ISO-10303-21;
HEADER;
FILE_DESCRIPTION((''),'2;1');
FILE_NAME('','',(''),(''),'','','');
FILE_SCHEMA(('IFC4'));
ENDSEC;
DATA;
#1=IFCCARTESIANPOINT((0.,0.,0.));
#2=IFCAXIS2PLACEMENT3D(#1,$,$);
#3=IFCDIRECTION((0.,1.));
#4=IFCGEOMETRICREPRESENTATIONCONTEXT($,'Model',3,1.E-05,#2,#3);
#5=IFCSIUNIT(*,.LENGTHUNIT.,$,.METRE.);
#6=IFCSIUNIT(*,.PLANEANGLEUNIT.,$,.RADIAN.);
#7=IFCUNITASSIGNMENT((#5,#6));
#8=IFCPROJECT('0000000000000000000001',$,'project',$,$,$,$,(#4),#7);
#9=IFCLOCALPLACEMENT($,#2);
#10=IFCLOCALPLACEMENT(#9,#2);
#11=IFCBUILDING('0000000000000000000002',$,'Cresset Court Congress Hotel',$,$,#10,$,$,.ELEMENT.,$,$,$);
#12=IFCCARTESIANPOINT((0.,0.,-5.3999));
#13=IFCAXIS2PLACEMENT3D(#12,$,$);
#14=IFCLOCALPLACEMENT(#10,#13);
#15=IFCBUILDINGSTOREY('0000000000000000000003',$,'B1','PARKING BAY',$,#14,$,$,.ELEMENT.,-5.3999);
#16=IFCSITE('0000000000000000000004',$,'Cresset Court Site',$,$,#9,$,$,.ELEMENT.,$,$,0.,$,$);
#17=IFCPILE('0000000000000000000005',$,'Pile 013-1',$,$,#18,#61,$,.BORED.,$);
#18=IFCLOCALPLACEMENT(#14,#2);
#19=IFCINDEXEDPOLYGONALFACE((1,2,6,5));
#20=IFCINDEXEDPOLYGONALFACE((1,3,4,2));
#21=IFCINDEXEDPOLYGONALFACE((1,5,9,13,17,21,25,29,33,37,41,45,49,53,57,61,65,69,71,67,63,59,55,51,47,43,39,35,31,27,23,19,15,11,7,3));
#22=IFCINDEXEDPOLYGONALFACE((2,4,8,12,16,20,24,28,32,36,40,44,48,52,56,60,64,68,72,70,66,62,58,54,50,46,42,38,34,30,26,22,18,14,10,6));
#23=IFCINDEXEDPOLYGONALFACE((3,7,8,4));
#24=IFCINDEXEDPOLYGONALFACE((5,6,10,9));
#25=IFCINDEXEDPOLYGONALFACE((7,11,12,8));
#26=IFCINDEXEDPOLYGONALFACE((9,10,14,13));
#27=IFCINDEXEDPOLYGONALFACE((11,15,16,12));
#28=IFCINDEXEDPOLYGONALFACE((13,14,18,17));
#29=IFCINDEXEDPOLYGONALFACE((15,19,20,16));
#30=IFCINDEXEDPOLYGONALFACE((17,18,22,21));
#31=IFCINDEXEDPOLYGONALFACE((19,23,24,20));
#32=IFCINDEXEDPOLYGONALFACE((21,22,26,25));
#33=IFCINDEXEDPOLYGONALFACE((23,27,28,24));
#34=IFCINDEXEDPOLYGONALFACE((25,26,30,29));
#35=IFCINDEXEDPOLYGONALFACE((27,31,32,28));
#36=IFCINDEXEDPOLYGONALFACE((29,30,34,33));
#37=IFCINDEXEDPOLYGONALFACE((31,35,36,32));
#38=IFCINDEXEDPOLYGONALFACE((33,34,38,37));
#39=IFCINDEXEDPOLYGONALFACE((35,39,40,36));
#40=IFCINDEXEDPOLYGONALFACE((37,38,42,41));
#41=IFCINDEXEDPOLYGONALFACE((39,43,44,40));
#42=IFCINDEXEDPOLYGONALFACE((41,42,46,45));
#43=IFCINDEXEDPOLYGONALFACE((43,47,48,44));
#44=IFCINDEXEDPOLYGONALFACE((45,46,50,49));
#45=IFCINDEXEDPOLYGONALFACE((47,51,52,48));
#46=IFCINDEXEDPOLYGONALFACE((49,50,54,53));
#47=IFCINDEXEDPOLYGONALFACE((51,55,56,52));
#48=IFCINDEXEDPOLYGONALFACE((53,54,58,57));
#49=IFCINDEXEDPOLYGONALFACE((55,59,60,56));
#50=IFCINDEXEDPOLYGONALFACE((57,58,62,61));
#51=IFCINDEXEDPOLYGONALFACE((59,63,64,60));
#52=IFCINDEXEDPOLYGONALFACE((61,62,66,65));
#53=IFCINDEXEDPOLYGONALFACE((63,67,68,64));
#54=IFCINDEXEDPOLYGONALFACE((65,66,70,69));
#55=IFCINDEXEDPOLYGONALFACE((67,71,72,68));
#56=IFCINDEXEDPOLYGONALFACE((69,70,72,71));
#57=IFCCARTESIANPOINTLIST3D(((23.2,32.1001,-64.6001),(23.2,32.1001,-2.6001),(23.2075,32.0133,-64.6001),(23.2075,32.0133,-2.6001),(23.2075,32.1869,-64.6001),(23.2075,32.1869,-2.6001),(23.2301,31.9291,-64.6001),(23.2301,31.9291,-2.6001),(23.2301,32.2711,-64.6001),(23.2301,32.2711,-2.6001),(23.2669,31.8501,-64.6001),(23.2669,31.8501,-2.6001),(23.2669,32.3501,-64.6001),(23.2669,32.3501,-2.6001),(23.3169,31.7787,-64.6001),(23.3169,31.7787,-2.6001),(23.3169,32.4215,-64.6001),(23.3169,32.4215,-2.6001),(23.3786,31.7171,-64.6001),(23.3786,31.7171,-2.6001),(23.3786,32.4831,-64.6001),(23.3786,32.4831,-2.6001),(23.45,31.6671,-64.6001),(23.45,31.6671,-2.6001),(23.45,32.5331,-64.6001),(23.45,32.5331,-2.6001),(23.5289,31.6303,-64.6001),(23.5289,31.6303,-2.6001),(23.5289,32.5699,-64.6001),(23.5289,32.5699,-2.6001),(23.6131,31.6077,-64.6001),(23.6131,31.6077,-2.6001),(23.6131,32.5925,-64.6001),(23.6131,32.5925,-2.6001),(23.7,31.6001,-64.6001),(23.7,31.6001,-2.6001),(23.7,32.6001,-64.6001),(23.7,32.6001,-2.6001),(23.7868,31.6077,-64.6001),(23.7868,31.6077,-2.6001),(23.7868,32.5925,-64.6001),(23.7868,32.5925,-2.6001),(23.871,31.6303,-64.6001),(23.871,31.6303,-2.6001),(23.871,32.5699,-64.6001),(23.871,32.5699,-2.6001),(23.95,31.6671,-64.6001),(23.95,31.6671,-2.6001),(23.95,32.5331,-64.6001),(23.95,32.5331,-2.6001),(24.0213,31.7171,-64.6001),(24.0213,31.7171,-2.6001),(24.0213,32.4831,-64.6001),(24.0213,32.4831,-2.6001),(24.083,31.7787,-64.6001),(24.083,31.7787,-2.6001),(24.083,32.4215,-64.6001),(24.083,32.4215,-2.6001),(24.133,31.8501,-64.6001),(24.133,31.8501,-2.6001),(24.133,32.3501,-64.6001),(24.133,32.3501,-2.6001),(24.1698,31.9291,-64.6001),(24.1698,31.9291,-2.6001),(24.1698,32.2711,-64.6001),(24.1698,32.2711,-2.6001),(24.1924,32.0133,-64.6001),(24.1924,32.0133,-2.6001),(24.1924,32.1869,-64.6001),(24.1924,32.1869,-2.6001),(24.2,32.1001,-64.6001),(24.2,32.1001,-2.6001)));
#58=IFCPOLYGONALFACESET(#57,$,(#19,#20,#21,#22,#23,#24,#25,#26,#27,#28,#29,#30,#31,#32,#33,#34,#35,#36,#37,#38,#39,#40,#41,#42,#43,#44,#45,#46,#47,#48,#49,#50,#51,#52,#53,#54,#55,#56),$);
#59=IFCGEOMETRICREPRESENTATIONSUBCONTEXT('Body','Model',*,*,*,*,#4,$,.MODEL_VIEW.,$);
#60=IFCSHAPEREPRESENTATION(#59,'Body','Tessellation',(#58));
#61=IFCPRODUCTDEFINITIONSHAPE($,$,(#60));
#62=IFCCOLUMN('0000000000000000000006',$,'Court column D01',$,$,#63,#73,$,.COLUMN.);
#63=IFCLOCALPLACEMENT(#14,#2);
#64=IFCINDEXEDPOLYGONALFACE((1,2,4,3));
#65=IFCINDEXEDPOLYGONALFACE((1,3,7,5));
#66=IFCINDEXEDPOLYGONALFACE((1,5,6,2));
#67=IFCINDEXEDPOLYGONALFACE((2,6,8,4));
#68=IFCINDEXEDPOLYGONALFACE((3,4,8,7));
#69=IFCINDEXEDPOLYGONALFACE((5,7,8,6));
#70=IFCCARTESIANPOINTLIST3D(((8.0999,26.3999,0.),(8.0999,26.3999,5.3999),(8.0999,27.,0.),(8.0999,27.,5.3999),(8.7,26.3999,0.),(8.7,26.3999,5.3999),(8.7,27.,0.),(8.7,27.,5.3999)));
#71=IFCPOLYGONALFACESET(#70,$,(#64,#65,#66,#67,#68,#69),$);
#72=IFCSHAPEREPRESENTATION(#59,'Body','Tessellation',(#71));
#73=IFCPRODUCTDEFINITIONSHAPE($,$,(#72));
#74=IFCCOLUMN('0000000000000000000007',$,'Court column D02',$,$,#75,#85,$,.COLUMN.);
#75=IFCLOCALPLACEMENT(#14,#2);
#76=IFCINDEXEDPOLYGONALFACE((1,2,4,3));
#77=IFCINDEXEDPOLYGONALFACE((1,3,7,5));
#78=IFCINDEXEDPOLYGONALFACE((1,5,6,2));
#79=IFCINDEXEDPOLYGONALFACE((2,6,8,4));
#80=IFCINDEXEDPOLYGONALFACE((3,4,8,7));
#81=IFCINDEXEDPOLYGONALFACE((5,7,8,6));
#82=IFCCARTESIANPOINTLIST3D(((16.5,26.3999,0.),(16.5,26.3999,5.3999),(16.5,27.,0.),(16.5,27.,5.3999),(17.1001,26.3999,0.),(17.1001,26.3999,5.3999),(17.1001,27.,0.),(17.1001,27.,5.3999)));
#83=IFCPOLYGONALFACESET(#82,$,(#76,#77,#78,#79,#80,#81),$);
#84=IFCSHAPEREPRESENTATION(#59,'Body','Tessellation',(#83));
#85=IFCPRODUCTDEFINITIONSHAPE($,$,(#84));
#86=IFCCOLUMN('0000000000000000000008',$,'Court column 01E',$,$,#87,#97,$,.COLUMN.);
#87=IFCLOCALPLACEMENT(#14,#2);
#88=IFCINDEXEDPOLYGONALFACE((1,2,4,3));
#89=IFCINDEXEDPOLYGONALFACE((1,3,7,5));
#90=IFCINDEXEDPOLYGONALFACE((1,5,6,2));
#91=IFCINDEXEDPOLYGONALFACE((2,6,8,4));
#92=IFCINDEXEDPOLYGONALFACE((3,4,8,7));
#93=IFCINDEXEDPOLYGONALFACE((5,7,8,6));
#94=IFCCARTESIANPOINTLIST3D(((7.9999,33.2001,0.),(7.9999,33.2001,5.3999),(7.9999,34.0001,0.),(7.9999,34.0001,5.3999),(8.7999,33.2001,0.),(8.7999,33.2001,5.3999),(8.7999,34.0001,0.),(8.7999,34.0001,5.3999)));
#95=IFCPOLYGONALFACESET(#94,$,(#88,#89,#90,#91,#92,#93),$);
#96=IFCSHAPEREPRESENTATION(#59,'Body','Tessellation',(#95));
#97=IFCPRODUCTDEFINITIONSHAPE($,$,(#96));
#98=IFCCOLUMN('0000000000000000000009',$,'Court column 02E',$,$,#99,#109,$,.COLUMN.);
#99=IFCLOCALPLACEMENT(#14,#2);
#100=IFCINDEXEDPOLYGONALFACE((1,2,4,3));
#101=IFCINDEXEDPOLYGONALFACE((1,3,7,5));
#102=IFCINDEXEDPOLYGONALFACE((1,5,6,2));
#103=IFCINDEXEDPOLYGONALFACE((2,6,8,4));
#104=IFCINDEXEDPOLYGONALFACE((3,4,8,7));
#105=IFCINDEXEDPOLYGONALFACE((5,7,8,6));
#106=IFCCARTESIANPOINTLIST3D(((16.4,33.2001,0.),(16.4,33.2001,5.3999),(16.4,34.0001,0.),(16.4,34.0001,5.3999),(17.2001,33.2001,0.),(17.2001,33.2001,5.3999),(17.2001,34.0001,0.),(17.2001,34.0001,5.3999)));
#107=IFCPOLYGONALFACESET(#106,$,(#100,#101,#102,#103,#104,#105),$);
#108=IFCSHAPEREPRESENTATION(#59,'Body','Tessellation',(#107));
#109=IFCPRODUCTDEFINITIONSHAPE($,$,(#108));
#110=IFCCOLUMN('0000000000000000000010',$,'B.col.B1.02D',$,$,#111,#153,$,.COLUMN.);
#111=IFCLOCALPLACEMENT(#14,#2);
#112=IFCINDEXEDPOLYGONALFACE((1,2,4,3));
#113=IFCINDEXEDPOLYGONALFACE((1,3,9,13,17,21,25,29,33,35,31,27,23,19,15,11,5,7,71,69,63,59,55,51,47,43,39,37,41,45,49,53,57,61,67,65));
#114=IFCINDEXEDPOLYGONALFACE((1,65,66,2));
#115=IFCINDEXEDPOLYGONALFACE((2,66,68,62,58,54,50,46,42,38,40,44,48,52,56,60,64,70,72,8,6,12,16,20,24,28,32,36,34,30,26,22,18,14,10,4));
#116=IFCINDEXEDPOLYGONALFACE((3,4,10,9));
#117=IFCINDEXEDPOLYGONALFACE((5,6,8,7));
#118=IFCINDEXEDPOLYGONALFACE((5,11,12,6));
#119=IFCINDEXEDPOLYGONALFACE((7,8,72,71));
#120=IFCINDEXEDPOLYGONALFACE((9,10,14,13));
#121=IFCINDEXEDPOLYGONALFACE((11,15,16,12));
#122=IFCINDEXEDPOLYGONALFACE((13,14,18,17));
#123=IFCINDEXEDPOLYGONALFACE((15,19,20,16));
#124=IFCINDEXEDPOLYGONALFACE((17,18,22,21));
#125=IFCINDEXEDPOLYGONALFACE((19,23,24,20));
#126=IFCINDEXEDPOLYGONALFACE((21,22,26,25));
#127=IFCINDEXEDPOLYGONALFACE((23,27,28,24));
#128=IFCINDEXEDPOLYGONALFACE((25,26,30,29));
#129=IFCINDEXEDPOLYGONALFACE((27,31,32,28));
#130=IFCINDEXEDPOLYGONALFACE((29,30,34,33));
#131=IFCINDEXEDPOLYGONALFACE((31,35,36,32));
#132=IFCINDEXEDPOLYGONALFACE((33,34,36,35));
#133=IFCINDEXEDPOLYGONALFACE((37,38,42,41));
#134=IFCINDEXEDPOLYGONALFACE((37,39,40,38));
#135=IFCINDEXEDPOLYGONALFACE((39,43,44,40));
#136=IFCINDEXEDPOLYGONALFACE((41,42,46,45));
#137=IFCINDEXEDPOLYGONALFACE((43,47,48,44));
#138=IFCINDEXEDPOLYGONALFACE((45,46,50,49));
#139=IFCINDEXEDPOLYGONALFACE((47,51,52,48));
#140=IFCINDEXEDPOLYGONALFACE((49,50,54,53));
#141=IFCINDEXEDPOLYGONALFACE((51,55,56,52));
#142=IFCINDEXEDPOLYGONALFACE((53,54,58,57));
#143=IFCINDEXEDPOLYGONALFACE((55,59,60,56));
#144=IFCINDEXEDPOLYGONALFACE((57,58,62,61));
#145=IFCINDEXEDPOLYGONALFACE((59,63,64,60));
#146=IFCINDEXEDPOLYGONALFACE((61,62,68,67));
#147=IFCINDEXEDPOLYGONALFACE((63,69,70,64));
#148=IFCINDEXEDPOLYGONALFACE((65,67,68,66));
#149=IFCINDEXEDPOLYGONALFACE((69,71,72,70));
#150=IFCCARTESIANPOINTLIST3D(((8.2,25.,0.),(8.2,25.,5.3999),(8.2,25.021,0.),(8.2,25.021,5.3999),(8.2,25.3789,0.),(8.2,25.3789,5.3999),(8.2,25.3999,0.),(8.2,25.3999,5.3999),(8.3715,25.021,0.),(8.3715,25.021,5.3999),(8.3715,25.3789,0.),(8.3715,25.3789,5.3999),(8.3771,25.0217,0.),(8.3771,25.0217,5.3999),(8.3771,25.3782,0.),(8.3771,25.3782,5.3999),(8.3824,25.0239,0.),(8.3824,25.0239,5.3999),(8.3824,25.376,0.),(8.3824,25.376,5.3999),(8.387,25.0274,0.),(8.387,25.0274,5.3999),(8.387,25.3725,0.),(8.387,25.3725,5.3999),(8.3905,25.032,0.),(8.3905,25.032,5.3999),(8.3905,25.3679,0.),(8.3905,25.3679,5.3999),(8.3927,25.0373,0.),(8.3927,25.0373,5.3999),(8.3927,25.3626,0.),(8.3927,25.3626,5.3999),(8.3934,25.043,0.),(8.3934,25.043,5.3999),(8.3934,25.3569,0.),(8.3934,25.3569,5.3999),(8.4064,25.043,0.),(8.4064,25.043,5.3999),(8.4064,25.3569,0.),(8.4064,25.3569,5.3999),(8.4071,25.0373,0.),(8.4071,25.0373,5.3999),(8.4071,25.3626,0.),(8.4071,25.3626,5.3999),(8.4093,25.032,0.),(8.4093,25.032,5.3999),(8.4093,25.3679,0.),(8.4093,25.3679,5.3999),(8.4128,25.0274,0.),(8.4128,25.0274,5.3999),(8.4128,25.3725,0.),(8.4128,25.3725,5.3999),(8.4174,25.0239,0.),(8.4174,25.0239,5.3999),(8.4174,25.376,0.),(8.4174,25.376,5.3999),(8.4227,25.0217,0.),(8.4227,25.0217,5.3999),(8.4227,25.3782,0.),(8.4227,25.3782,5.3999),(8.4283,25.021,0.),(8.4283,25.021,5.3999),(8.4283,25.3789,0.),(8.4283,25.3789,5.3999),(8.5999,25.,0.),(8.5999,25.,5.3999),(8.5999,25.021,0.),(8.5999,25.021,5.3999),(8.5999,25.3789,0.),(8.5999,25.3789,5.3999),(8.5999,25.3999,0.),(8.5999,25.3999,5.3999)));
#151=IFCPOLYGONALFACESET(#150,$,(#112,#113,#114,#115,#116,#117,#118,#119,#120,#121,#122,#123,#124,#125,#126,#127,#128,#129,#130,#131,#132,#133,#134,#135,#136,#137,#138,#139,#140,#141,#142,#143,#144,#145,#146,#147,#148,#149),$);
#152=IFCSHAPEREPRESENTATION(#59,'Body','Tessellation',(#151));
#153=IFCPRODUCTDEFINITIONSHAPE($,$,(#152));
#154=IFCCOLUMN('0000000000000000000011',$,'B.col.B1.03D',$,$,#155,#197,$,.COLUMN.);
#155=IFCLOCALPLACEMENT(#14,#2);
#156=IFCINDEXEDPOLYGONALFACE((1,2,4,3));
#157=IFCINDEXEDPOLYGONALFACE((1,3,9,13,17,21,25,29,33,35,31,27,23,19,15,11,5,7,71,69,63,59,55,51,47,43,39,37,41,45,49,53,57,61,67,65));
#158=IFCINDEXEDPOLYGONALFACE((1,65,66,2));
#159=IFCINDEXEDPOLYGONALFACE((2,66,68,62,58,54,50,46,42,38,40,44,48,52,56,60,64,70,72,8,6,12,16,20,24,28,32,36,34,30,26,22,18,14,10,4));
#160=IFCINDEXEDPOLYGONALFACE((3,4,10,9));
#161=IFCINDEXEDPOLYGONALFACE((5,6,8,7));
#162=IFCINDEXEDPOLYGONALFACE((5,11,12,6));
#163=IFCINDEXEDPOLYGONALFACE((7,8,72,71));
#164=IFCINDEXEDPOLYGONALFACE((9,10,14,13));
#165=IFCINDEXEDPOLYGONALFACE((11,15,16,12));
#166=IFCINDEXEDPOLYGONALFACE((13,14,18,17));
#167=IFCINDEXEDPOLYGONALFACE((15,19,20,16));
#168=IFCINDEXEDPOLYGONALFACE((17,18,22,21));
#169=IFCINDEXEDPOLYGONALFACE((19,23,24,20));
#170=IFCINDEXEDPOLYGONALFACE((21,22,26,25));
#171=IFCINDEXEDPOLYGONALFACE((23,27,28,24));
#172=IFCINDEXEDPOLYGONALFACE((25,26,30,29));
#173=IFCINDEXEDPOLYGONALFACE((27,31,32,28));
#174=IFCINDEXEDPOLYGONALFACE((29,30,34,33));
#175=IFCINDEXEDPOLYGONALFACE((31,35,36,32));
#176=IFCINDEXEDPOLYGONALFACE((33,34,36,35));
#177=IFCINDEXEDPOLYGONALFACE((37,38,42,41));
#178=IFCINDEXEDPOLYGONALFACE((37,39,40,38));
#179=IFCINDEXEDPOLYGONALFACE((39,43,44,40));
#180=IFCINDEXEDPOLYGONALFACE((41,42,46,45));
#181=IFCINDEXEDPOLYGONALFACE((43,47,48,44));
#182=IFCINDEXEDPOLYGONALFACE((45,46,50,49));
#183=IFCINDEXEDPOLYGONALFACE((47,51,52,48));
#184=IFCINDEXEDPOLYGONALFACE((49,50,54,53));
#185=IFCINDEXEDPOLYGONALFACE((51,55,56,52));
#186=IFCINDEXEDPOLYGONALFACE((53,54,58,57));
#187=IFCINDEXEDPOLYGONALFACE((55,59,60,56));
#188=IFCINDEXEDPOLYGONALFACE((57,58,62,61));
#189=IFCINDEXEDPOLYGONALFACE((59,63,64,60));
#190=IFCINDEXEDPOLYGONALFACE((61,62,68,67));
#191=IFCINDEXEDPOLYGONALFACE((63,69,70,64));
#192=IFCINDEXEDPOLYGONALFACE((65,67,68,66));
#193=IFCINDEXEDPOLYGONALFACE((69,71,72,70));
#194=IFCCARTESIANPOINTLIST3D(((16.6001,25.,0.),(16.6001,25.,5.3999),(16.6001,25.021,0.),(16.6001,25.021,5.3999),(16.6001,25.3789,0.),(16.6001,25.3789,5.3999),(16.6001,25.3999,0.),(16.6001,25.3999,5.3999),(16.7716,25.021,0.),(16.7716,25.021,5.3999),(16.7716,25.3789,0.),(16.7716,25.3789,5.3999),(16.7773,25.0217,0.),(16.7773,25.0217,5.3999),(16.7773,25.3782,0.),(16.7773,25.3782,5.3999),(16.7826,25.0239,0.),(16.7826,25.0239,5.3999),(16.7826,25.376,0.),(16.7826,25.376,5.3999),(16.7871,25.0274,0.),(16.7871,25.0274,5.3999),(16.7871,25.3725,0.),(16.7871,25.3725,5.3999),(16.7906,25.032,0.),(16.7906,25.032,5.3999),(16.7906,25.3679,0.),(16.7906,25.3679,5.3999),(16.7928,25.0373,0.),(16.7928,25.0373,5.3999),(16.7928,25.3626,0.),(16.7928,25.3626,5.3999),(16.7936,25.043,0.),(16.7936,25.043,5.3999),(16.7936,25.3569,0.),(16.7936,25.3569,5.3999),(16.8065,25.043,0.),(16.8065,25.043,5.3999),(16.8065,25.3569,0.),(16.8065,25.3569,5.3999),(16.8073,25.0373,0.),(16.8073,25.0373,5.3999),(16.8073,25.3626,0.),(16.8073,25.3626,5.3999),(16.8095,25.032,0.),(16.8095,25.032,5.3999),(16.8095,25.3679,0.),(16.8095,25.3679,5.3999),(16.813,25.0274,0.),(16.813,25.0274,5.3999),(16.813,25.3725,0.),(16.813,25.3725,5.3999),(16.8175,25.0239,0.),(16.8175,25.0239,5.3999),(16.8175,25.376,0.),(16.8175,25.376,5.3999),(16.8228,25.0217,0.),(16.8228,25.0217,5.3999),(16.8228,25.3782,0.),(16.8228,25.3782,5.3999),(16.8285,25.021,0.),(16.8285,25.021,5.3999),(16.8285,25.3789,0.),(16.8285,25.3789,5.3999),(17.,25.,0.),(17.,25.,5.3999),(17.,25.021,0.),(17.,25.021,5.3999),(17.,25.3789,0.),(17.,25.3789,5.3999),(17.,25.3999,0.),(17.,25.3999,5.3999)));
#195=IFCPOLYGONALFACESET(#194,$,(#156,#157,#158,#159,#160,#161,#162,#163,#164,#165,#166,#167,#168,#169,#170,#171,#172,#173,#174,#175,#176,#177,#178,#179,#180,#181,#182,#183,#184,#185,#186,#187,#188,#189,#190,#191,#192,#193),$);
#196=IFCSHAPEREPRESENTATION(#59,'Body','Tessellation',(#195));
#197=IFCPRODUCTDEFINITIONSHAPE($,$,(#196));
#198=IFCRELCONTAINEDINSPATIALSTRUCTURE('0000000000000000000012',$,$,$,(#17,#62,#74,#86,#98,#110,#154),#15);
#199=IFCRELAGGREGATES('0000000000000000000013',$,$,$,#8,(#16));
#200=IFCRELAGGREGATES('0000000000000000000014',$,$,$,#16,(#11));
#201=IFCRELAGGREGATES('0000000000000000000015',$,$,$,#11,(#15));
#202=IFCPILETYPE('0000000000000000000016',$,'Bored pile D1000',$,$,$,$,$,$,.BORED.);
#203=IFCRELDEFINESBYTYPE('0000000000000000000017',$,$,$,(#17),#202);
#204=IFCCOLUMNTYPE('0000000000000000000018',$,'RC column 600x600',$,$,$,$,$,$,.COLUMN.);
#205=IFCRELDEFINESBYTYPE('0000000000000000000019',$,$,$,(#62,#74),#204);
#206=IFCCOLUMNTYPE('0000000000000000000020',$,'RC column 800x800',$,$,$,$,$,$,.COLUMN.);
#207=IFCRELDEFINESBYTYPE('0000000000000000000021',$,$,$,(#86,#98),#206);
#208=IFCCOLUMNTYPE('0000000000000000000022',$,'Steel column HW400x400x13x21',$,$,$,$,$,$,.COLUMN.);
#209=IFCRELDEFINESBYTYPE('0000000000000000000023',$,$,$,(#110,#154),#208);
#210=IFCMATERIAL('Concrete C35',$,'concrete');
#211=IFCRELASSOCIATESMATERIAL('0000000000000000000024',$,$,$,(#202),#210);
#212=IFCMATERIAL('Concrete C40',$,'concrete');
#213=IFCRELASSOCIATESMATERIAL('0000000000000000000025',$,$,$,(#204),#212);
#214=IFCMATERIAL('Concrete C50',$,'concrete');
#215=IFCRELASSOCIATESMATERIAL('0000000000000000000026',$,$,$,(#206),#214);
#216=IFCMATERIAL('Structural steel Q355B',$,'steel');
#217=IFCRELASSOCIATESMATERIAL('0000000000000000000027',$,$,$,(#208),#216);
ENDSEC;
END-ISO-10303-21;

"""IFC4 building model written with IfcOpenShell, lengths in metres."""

from ifc_helpers import new_model, si_unit, direction, frame, origin, origin_2d, place, context, subcontext, project, spatial, rectangle, circle, i_section, extrude, material, material_profile, profile_set, type_object, element, save


model = new_model("IFC4")

# Units and contexts
model_context = context("Model", 3, precision=1e-05, world=origin(), true_north=direction((0.0, 1.0)))
body_context = subcontext(model_context, "Body", "Model", "MODEL_VIEW")
ifc_project = project(units=[si_unit("LENGTHUNIT", "METRE"), si_unit("PLANEANGLEUNIT", "RADIAN")], contexts=[model_context])

# Site, building, storey
site_placement = place(None, origin())
site = spatial("IfcSite", under=ifc_project, at=site_placement, Name="Cresset Court Site", CompositionType="ELEMENT", RefElevation=0.0)
building_placement = place(site_placement, origin())
building = spatial("IfcBuilding", under=site, at=building_placement, Name="Cresset Court Congress Hotel", CompositionType="ELEMENT")
storey_placement = place(building_placement, frame((0.0, 0.0, -5.3999)))
storey = spatial("IfcBuildingStorey", under=building, at=storey_placement, Name="B1", Description="PARKING BAY", CompositionType="ELEMENT", Elevation=-5.3999)

# Pile
ifc_material_1 = material(Name="Concrete C35", Category="concrete")
pile_type = type_object("IfcPileType", Name="Bored pile D1000", PredefinedType="BORED", material=ifc_material_1)
for number, where, z_axis, x_axis, name in (
    (1, (23.7, 32.1001, -2.6001), (0.0, 0.0, -1.0), (1.0, 0.0, 0.0), "Pile 013-1"),
):
    element("IfcPile", number, at=place(storey_placement, frame(where, z_axis=z_axis, x_axis=x_axis)), inside=storey, type_object=pile_type, Name=name, PredefinedType="BORED", context=body_context, shape_type="SweptSolid", body=[
        extrude(circle(Radius=0.5, at=origin_2d()), origin(), (0.0, 0.0, 1.0), 62.0),
    ])

# Columns
ifc_material_2 = material(Name="Concrete C40", Category="concrete")
ifc_material_profile_1 = material_profile(ifc_material_2, rectangle(XDim=0.6001, YDim=0.6001, at=origin_2d()), Name="RC600x600")
ifc_profile_set_1 = profile_set([ifc_material_profile_1], Name="Concrete C40")
column_type_1 = type_object("IfcColumnType", Name="RC column 600x600", PredefinedType="COLUMN", material=ifc_profile_set_1)
for number, where, z_axis, x_axis, name in (
    (2, (8.3999, 26.7, 0.0), (0.0, 0.0, 1.0), (1.0, 0.0, 0.0), "Court column D01"),
    (3, (16.8, 26.7, 0.0), (0.0, 0.0, 1.0), (1.0, 0.0, 0.0), "Court column D02"),
):
    element("IfcColumn", number, at=place(storey_placement, frame(where, z_axis=z_axis, x_axis=x_axis)), inside=storey, type_object=column_type_1, Name=name, PredefinedType="COLUMN", context=body_context, shape_type="SweptSolid", body=[
        extrude(rectangle(XDim=0.6001, YDim=0.6001, at=origin_2d()), origin(), (0.0, 0.0, 1.0), 5.3999),
    ])
ifc_material_3 = material(Name="Concrete C50", Category="concrete")
ifc_material_profile_2 = material_profile(ifc_material_3, rectangle(XDim=0.8, YDim=0.8, at=origin_2d()), Name="RC800x800")
ifc_profile_set_2 = profile_set([ifc_material_profile_2], Name="Concrete C50")
column_type_2 = type_object("IfcColumnType", Name="RC column 800x800", PredefinedType="COLUMN", material=ifc_profile_set_2)
for number, where, z_axis, x_axis, name in (
    (4, (8.3999, 33.6001, 0.0), (0.0, 0.0, 1.0), (1.0, 0.0, 0.0), "Court column 01E"),
    (5, (16.8, 33.6001, 0.0), (0.0, 0.0, 1.0), (1.0, 0.0, 0.0), "Court column 02E"),
):
    element("IfcColumn", number, at=place(storey_placement, frame(where, z_axis=z_axis, x_axis=x_axis)), inside=storey, type_object=column_type_2, Name=name, PredefinedType="COLUMN", context=body_context, shape_type="SweptSolid", body=[
        extrude(rectangle(XDim=0.8, YDim=0.8, at=origin_2d()), origin(), (0.0, 0.0, 1.0), 5.3999),
    ])
ifc_material_4 = material(Name="Structural steel Q355B", Category="steel")
ifc_material_profile_3 = material_profile(ifc_material_4, i_section(OverallWidth=0.3999, OverallDepth=0.3999, WebThickness=0.0129, FlangeThickness=0.021, FilletRadius=0.022, at=origin_2d()), Name="HW400x400x13x21")
ifc_profile_set_3 = profile_set([ifc_material_profile_3], Name="Structural steel Q355B")
column_type_3 = type_object("IfcColumnType", Name="Steel column HW400x400x13x21", PredefinedType="COLUMN", material=ifc_profile_set_3)
for number, where, z_axis, x_axis, name in (
    (6, (8.3999, 25.2, 0.0), (0.0, 0.0, 1.0), (1.0, 0.0, 0.0), "B.col.B1.02D"),
    (7, (16.8, 25.2, 0.0), (0.0, 0.0, 1.0), (1.0, 0.0, 0.0), "B.col.B1.03D"),
):
    element("IfcColumn", number, at=place(storey_placement, frame(where, z_axis=z_axis, x_axis=x_axis)), inside=storey, type_object=column_type_3, Name=name, PredefinedType="COLUMN", context=body_context, shape_type="SweptSolid", body=[
        extrude(i_section(OverallWidth=0.3999, OverallDepth=0.3999, WebThickness=0.0129, FlangeThickness=0.021, FilletRadius=0.022, at=origin_2d()), origin(), (0.0, 0.0, 1.0), 5.3999),
    ])

save(model, "model.ifc")
